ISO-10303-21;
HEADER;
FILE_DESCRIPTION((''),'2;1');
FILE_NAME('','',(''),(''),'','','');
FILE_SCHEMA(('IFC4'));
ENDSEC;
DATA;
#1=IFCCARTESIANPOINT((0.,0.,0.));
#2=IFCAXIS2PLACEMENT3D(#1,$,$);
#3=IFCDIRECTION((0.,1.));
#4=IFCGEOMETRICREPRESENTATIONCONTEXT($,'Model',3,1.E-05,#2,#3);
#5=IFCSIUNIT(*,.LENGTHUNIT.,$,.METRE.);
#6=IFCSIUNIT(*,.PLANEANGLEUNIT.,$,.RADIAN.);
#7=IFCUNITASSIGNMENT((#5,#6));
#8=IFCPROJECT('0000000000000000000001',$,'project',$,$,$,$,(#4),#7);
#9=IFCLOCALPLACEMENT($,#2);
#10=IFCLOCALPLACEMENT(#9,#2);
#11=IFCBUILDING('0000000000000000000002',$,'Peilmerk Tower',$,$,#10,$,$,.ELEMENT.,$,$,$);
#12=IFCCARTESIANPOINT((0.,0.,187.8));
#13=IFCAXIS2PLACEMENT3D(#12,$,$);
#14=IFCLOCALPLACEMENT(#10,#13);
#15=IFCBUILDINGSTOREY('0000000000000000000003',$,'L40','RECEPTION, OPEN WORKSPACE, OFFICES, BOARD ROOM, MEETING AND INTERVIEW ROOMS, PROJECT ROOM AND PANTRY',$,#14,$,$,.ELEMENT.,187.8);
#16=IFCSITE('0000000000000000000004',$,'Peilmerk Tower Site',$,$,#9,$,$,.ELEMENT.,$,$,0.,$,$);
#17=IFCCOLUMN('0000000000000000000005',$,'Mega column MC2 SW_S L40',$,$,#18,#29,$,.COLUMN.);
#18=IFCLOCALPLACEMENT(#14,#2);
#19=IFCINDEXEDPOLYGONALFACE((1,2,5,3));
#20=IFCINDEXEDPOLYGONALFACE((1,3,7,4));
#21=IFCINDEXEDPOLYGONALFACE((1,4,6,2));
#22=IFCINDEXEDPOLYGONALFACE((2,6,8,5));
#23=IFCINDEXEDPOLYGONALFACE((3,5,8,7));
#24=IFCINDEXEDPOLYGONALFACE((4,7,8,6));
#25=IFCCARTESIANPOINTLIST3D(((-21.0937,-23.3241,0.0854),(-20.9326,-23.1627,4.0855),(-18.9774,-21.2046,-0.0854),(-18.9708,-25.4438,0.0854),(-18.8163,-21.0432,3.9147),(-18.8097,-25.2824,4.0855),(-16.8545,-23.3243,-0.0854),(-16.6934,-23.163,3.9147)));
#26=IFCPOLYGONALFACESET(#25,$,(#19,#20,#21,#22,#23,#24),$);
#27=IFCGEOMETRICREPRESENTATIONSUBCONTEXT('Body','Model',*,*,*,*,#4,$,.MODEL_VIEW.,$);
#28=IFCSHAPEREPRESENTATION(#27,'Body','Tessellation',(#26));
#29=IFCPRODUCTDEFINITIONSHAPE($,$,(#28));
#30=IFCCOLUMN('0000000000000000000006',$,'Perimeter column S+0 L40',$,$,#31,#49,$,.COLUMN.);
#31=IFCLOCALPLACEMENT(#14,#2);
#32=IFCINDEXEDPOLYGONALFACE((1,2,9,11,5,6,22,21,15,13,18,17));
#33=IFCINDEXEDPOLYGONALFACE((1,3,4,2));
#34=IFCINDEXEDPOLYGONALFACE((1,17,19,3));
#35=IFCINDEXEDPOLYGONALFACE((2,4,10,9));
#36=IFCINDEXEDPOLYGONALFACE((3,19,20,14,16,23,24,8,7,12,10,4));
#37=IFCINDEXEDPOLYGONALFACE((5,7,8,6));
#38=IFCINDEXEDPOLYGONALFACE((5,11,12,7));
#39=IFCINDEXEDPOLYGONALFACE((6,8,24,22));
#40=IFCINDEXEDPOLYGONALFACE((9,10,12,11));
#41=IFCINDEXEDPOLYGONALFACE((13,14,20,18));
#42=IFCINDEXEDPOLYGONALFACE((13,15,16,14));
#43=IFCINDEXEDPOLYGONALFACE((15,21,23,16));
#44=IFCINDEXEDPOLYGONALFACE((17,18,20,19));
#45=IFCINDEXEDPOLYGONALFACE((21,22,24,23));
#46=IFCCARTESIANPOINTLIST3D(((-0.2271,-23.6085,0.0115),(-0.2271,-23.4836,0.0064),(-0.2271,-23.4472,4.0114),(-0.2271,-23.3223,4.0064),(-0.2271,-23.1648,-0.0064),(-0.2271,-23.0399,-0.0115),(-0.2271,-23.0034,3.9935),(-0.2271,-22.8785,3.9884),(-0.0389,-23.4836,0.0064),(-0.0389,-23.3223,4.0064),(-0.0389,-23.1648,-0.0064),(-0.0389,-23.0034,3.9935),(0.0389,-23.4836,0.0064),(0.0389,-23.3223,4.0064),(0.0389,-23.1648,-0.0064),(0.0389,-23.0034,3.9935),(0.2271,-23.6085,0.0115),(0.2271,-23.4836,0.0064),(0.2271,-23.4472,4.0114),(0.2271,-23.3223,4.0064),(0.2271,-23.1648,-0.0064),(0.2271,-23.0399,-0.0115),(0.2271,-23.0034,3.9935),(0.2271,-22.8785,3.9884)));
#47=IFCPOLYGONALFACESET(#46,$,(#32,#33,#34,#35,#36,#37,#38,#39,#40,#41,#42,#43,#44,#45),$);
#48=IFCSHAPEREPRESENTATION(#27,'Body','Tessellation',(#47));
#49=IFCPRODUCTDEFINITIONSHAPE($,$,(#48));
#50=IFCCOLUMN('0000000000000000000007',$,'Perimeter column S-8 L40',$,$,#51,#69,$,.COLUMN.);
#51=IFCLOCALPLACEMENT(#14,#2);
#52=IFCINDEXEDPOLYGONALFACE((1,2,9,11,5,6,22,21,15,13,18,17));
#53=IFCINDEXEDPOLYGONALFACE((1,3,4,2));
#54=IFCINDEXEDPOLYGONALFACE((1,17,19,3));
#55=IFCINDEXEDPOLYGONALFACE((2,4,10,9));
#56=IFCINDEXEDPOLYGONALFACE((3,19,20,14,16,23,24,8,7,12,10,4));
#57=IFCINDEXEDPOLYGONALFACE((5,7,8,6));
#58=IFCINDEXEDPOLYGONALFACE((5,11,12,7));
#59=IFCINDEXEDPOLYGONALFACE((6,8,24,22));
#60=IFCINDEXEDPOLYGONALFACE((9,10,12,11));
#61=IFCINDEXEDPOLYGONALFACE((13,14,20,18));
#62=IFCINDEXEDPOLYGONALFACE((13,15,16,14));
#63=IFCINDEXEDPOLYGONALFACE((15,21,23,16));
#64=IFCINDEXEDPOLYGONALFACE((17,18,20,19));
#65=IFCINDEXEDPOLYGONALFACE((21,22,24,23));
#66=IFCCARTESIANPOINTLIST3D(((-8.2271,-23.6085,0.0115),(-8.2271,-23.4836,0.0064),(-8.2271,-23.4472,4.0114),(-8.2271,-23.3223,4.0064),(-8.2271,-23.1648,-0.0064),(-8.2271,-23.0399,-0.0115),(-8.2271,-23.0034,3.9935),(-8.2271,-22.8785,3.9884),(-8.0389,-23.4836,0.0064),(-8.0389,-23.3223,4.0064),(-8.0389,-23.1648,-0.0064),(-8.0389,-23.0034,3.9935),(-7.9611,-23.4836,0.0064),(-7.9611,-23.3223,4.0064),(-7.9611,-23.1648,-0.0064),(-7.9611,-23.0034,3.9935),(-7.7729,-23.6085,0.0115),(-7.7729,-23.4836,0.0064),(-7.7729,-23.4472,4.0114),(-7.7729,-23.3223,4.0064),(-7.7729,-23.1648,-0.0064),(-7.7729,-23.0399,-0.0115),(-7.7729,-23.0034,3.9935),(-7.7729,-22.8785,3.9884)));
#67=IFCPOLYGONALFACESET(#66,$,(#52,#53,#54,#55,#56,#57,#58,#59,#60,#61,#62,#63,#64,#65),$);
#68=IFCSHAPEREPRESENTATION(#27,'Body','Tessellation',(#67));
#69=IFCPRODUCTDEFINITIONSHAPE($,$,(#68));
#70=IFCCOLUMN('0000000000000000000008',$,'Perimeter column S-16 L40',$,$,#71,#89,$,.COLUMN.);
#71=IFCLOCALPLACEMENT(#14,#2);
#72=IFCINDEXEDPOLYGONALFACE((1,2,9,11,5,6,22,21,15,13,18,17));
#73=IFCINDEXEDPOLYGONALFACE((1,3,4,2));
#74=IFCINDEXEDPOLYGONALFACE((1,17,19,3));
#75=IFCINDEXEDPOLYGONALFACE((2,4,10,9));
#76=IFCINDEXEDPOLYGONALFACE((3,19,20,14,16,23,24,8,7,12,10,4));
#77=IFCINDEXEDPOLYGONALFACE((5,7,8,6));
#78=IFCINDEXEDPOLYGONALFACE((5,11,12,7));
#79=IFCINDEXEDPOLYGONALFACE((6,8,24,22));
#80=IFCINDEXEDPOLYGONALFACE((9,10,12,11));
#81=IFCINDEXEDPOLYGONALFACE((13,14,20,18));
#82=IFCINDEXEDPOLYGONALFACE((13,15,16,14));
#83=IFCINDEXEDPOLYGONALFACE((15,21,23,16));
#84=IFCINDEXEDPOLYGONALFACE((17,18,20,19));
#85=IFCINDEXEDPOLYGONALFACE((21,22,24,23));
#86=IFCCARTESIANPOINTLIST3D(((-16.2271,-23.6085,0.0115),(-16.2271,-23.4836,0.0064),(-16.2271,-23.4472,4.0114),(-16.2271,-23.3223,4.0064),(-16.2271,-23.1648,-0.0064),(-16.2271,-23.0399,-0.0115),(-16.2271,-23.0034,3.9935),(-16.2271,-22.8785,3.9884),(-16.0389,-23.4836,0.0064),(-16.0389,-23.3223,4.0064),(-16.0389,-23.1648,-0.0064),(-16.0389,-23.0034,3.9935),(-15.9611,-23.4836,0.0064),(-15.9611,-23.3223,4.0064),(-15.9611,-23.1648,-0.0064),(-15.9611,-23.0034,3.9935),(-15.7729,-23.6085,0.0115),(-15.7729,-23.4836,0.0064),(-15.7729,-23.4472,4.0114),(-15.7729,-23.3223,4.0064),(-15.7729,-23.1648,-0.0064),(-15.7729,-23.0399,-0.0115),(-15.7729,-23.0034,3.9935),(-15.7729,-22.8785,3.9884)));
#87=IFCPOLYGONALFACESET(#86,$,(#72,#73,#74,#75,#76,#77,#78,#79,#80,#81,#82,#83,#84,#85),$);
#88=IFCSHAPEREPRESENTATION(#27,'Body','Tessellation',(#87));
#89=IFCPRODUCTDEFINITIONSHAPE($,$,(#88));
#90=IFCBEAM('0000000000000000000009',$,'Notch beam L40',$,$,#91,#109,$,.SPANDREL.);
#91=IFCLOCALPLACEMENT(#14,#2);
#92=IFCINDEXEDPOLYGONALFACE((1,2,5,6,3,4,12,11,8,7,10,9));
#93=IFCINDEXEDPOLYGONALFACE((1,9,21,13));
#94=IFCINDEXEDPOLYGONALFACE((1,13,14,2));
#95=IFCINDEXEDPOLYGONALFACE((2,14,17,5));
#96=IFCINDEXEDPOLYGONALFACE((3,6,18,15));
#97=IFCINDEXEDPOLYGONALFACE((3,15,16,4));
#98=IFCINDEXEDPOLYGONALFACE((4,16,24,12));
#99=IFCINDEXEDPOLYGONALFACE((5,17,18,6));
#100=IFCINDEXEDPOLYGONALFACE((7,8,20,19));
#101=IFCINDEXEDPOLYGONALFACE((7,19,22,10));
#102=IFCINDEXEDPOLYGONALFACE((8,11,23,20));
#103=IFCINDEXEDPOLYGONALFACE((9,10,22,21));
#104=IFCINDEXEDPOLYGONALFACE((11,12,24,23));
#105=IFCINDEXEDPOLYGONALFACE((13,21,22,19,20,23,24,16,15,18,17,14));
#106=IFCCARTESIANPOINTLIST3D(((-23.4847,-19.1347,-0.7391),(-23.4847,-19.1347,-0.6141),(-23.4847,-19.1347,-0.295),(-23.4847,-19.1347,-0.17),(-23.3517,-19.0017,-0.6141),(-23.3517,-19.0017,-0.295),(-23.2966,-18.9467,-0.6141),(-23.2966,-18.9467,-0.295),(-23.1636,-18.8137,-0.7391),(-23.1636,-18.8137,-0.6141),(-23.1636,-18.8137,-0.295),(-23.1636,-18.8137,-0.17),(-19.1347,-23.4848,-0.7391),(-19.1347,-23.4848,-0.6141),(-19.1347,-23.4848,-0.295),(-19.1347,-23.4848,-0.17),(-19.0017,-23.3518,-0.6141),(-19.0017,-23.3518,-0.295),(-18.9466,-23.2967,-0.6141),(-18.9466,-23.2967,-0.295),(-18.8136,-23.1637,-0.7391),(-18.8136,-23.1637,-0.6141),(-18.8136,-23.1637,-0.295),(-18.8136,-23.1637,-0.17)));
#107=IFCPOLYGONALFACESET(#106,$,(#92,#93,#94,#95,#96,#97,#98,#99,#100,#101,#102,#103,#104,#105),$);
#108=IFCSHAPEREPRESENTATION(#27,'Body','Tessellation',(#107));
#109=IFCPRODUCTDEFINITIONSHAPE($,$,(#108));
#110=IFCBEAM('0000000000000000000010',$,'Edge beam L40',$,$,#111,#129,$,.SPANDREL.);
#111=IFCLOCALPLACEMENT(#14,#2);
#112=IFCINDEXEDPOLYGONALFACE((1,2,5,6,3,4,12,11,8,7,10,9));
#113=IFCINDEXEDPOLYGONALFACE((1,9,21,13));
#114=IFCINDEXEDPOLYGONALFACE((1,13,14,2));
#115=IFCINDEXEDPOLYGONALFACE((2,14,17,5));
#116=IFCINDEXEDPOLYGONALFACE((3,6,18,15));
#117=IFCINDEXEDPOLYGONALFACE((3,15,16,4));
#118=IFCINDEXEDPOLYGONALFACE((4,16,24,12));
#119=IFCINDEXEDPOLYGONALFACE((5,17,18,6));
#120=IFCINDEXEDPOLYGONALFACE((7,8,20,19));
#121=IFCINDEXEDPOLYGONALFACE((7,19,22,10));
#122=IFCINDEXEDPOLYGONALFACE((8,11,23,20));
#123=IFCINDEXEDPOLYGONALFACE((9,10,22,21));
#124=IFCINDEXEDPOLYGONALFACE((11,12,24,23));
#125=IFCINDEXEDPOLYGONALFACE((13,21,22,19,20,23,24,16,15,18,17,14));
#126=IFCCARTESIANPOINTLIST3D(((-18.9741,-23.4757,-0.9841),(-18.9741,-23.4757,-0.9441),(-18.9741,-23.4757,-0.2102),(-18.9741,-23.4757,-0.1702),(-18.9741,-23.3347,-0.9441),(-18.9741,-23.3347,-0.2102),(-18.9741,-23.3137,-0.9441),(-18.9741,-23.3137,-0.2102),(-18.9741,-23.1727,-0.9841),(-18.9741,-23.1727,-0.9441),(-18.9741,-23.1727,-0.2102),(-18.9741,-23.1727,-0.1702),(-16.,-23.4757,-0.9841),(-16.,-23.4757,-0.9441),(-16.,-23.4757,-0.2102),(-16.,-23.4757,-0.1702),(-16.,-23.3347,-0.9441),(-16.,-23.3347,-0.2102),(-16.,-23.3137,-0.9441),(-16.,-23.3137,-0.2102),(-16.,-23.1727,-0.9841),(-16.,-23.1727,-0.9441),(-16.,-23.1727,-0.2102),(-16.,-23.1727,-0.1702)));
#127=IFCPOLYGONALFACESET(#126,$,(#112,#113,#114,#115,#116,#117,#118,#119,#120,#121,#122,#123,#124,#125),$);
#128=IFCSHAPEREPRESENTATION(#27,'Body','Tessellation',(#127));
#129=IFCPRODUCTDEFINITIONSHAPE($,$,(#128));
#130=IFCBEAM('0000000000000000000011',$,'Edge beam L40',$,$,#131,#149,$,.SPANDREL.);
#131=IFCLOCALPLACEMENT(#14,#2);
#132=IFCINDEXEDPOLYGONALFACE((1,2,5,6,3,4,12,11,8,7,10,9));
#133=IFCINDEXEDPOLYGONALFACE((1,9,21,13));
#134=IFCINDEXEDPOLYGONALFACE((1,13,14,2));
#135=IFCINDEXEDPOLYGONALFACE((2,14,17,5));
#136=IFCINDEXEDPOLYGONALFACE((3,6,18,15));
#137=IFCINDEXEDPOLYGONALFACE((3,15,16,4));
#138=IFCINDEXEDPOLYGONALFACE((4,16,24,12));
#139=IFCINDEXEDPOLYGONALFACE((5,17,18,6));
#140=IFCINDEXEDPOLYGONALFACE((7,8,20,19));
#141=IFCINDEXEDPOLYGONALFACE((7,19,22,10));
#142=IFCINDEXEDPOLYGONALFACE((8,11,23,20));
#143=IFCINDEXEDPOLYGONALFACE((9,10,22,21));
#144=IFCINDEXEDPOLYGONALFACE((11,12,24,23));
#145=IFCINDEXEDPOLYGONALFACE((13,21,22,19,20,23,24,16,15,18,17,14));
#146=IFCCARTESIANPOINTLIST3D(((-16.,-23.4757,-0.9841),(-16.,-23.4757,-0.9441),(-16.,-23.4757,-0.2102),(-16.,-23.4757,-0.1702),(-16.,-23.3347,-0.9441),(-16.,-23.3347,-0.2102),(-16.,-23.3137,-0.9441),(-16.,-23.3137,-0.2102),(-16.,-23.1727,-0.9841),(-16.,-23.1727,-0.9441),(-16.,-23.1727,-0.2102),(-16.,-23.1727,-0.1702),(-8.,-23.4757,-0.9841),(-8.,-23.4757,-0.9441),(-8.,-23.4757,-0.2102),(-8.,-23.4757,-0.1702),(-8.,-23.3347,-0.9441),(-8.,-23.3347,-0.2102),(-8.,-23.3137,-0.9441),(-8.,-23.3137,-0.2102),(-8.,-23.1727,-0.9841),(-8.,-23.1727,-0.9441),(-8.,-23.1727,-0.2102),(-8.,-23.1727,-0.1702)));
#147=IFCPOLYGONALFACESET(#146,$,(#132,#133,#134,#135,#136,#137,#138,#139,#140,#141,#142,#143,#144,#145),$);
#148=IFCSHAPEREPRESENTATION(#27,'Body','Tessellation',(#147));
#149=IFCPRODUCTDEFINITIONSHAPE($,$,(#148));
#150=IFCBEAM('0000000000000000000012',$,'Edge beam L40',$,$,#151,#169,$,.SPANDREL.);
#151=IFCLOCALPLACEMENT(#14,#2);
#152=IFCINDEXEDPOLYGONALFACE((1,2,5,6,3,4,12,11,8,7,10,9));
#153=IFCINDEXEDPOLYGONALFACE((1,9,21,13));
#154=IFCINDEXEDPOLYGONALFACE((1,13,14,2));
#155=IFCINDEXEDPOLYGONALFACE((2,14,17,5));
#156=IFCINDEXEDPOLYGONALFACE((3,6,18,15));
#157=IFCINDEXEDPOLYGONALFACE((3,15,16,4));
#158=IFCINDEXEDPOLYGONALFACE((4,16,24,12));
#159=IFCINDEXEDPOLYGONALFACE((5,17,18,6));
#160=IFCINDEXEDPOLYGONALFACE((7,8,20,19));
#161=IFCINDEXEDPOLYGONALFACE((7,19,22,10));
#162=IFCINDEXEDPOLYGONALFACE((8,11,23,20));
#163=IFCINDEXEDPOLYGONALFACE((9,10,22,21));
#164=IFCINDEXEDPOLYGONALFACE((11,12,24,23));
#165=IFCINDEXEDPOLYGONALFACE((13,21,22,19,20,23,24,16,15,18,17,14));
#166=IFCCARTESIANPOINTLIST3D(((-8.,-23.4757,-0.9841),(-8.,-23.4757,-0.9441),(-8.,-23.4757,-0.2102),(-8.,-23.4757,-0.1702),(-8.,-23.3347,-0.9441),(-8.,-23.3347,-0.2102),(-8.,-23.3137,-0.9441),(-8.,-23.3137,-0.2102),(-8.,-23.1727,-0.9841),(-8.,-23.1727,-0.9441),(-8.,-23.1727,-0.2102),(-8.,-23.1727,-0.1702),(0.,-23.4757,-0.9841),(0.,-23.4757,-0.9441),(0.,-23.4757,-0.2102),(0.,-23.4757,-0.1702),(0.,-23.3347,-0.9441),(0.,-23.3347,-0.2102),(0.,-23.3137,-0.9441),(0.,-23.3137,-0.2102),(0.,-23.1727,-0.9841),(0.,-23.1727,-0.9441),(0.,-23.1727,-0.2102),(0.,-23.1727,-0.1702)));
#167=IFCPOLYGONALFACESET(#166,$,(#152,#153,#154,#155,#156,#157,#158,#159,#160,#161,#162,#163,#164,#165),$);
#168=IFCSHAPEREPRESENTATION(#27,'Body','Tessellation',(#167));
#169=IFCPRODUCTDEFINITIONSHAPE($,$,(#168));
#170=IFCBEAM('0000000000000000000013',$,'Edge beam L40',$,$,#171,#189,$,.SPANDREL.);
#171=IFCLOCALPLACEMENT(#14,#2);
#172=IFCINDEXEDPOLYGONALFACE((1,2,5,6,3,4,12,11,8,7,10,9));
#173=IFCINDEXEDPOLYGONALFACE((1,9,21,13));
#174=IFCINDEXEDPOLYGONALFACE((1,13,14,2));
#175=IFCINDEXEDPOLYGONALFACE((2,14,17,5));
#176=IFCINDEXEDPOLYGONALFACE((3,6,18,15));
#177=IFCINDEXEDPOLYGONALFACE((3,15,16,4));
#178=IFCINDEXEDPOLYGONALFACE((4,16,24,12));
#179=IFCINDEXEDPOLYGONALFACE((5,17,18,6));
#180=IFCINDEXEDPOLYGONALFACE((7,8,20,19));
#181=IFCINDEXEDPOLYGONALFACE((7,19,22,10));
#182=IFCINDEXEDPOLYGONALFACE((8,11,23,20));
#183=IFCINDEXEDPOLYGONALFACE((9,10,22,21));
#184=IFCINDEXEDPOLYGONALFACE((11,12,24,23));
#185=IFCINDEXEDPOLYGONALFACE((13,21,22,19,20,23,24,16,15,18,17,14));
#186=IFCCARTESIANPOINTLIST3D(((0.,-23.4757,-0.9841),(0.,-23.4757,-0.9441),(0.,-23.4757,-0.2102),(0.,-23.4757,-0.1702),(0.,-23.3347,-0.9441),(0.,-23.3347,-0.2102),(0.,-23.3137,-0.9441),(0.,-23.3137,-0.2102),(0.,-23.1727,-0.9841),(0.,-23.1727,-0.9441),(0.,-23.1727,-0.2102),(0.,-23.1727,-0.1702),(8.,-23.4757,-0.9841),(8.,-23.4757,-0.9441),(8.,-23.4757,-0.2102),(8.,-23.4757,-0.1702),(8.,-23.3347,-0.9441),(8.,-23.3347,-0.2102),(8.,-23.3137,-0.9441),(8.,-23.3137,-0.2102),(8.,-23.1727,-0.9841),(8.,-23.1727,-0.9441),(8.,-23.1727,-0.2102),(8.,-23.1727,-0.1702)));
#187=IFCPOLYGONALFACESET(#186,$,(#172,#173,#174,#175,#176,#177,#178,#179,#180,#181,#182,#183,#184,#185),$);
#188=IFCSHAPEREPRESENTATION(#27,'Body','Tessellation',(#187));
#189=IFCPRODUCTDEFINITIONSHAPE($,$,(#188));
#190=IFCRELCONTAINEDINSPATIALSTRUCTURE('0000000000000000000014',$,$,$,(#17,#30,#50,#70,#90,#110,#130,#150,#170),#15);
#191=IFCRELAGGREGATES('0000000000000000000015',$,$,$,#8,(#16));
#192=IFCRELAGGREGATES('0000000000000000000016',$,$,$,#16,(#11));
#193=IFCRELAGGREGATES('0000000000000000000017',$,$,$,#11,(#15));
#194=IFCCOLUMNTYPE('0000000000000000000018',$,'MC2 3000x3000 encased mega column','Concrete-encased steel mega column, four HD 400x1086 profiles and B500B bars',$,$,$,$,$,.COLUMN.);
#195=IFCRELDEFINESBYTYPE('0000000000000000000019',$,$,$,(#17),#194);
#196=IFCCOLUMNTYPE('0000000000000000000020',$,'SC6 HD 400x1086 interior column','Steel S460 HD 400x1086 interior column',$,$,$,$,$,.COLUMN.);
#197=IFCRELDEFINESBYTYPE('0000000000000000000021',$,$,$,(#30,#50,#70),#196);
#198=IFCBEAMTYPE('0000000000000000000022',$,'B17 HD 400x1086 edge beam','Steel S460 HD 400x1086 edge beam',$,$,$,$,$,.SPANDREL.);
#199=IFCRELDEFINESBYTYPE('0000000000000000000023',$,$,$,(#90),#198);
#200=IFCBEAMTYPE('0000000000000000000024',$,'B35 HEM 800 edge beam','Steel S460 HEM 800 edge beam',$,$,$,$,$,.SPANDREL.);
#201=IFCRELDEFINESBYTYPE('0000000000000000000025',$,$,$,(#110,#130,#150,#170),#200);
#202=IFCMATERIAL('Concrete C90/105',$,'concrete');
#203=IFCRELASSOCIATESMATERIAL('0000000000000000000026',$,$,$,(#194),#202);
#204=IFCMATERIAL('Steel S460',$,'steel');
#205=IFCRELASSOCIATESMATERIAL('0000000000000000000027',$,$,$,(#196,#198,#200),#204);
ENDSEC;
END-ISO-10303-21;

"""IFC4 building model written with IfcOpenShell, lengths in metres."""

from ifc_helpers import new_model, si_unit, direction, frame, origin, origin_2d, place, context, subcontext, project, spatial, rectangle, i_section, extrude, material, material_profile, profile_set, type_object, element, save


model = new_model("IFC4")

# Units and contexts
model_context = context("Model", 3, precision=1e-05, world=origin(), true_north=direction((0.0, 1.0)))
body_context = subcontext(model_context, "Body", "Model", "MODEL_VIEW")
ifc_project = project(units=[si_unit("LENGTHUNIT", "METRE"), si_unit("PLANEANGLEUNIT", "RADIAN")], contexts=[model_context])

# Site, building, storey
site_placement = place(None, origin())
site = spatial("IfcSite", under=ifc_project, at=site_placement, Name="Peilmerk Tower Site", CompositionType="ELEMENT", RefElevation=0.0)
building_placement = place(site_placement, origin())
building = spatial("IfcBuilding", under=site, at=building_placement, Name="Peilmerk Tower", CompositionType="ELEMENT")
storey_placement = place(building_placement, frame((0.0, 0.0, 187.8)))
storey = spatial("IfcBuildingStorey", under=building, at=storey_placement, Name="L40", Description="RECEPTION, OPEN WORKSPACE, OFFICES, BOARD ROOM, MEETING AND INTERVIEW ROOMS, PROJECT ROOM AND PANTRY", CompositionType="ELEMENT", Elevation=187.8)

# Columns
ifc_material_1 = material(Name="Concrete C90/105", Category="concrete")
ifc_material_profile_1 = material_profile(ifc_material_1, rectangle(XDim=3.0, YDim=3.0, at=origin_2d()), Name="RC 3000x3000")
ifc_profile_set_1 = profile_set([ifc_material_profile_1], Name="Concrete C90/105")
column_type_1 = type_object("IfcColumnType", Name="MC2 3000x3000 encased mega column", Description="Concrete-encased steel mega column, four HD 400x1086 profiles and B500B bars", PredefinedType="COLUMN", material=ifc_profile_set_1)
column_placement = place(storey_placement, frame((-18.9741, -23.3242, 0.0), z_axis=(0.040218, 0.040279, 0.998379), x_axis=(-0.707642, 0.706571, 0.0)))
element("IfcColumn", 1, at=column_placement, inside=storey, type_object=column_type_1, Name="Mega column MC2 SW_S L40", PredefinedType="COLUMN", context=body_context, shape_type="SweptSolid", body=[
    extrude(rectangle(XDim=3.0, YDim=3.0, at=origin_2d()), origin(), (0.0, 0.0, 1.0), 4.0066),
])
ifc_material_2 = material(Name="Steel S460", Category="steel")
ifc_material_profile_2 = material_profile(ifc_material_2, i_section(OverallWidth=0.4541, OverallDepth=0.5691, WebThickness=0.0779, FlangeThickness=0.125, at=origin_2d()), Name="HD 400x1086")
ifc_profile_set_2 = profile_set([ifc_material_profile_2], Name="Steel S460")
column_type_2 = type_object("IfcColumnType", Name="SC6 HD 400x1086 interior column", Description="Steel S460 HD 400x1086 interior column", PredefinedType="COLUMN", material=ifc_profile_set_2)
for number, where, z_axis, x_axis, name in (
    (2, (0.0, -23.3242, 0.0), (0.0, 0.040311, 0.999187), (-1.0, 0.0, 0.0), "Perimeter column S+0 L40"),
    (3, (-8.0, -23.3242, 0.0), (0.0, 0.040311, 0.999187), (-1.0, 0.0, 0.0), "Perimeter column S-8 L40"),
    (4, (-16.0, -23.3242, 0.0), (0.0, 0.040311, 0.999187), (-1.0, 0.0, 0.0), "Perimeter column S-16 L40"),
):
    element("IfcColumn", number, at=place(storey_placement, frame(where, z_axis=z_axis, x_axis=x_axis)), inside=storey, type_object=column_type_2, Name=name, PredefinedType="COLUMN", context=body_context, shape_type="SweptSolid", body=[
        extrude(i_section(OverallWidth=0.4541, OverallDepth=0.5691, WebThickness=0.0779, FlangeThickness=0.125, at=origin_2d()), origin(), (0.0, 0.0, 1.0), 4.0032),
    ])

# Beams
ifc_material_profile_3 = material_profile(ifc_material_2, i_section(OverallWidth=0.4541, OverallDepth=0.5691, WebThickness=0.0779, FlangeThickness=0.125, at=origin_2d()), Name="HD 400x1086")
ifc_profile_set_3 = profile_set([ifc_material_profile_3], Name="Steel S460")
beam_type_1 = type_object("IfcBeamType", Name="B17 HD 400x1086 edge beam", Description="Steel S460 HD 400x1086 edge beam", PredefinedType="SPANDREL", material=ifc_profile_set_3)
beam_1_placement = place(storey_placement, frame((-18.9741, -23.3242, -0.4546), z_axis=(-0.707107, 0.707107, 0.0), x_axis=(-0.707107, -0.707107, 0.0)))
element("IfcBeam", 5, at=beam_1_placement, inside=storey, type_object=beam_type_1, Name="Notch beam L40", PredefinedType="SPANDREL", context=body_context, shape_type="SweptSolid", body=[
    extrude(i_section(OverallWidth=0.4541, OverallDepth=0.5691, WebThickness=0.0779, FlangeThickness=0.125, at=origin_2d()), origin(), (0.0, 0.0, 1.0), 6.1519),
])
ifc_material_profile_4 = material_profile(ifc_material_2, i_section(OverallWidth=0.303, OverallDepth=0.814, WebThickness=0.021, FlangeThickness=0.04, at=origin_2d()), Name="HEM 800")
ifc_profile_set_4 = profile_set([ifc_material_profile_4], Name="Steel S460")
beam_type_2 = type_object("IfcBeamType", Name="B35 HEM 800 edge beam", Description="Steel S460 HEM 800 edge beam", PredefinedType="SPANDREL", material=ifc_profile_set_4)
beam_2_placement = place(storey_placement, frame((-18.9741, -23.3242, -0.5771), z_axis=(1.0, 0.0, 0.0), x_axis=(0.0, 1.0, 0.0)))
element("IfcBeam", 6, at=beam_2_placement, inside=storey, type_object=beam_type_2, Name="Edge beam L40", PredefinedType="SPANDREL", context=body_context, shape_type="SweptSolid", body=[
    extrude(i_section(OverallWidth=0.303, OverallDepth=0.814, WebThickness=0.021, FlangeThickness=0.04, at=origin_2d()), origin(), (0.0, 0.0, 1.0), 2.9741),
])
for number, where, z_axis, x_axis, name in (
    (7, (-16.0, -23.3242, -0.5771), (1.0, 0.0, 0.0), (0.0, 1.0, 0.0), "Edge beam L40"),
    (8, (-8.0, -23.3242, -0.5771), (1.0, 0.0, 0.0), (0.0, 1.0, 0.0), "Edge beam L40"),
    (9, (0.0, -23.3242, -0.5771), (1.0, 0.0, 0.0), (0.0, 1.0, 0.0), "Edge beam L40"),
):
    element("IfcBeam", number, at=place(storey_placement, frame(where, z_axis=z_axis, x_axis=x_axis)), inside=storey, type_object=beam_type_2, Name=name, PredefinedType="SPANDREL", context=body_context, shape_type="SweptSolid", body=[
        extrude(i_section(OverallWidth=0.303, OverallDepth=0.814, WebThickness=0.021, FlangeThickness=0.04, at=origin_2d()), origin(), (0.0, 0.0, 1.0), 8.0),
    ])

save(model, "model.ifc")
